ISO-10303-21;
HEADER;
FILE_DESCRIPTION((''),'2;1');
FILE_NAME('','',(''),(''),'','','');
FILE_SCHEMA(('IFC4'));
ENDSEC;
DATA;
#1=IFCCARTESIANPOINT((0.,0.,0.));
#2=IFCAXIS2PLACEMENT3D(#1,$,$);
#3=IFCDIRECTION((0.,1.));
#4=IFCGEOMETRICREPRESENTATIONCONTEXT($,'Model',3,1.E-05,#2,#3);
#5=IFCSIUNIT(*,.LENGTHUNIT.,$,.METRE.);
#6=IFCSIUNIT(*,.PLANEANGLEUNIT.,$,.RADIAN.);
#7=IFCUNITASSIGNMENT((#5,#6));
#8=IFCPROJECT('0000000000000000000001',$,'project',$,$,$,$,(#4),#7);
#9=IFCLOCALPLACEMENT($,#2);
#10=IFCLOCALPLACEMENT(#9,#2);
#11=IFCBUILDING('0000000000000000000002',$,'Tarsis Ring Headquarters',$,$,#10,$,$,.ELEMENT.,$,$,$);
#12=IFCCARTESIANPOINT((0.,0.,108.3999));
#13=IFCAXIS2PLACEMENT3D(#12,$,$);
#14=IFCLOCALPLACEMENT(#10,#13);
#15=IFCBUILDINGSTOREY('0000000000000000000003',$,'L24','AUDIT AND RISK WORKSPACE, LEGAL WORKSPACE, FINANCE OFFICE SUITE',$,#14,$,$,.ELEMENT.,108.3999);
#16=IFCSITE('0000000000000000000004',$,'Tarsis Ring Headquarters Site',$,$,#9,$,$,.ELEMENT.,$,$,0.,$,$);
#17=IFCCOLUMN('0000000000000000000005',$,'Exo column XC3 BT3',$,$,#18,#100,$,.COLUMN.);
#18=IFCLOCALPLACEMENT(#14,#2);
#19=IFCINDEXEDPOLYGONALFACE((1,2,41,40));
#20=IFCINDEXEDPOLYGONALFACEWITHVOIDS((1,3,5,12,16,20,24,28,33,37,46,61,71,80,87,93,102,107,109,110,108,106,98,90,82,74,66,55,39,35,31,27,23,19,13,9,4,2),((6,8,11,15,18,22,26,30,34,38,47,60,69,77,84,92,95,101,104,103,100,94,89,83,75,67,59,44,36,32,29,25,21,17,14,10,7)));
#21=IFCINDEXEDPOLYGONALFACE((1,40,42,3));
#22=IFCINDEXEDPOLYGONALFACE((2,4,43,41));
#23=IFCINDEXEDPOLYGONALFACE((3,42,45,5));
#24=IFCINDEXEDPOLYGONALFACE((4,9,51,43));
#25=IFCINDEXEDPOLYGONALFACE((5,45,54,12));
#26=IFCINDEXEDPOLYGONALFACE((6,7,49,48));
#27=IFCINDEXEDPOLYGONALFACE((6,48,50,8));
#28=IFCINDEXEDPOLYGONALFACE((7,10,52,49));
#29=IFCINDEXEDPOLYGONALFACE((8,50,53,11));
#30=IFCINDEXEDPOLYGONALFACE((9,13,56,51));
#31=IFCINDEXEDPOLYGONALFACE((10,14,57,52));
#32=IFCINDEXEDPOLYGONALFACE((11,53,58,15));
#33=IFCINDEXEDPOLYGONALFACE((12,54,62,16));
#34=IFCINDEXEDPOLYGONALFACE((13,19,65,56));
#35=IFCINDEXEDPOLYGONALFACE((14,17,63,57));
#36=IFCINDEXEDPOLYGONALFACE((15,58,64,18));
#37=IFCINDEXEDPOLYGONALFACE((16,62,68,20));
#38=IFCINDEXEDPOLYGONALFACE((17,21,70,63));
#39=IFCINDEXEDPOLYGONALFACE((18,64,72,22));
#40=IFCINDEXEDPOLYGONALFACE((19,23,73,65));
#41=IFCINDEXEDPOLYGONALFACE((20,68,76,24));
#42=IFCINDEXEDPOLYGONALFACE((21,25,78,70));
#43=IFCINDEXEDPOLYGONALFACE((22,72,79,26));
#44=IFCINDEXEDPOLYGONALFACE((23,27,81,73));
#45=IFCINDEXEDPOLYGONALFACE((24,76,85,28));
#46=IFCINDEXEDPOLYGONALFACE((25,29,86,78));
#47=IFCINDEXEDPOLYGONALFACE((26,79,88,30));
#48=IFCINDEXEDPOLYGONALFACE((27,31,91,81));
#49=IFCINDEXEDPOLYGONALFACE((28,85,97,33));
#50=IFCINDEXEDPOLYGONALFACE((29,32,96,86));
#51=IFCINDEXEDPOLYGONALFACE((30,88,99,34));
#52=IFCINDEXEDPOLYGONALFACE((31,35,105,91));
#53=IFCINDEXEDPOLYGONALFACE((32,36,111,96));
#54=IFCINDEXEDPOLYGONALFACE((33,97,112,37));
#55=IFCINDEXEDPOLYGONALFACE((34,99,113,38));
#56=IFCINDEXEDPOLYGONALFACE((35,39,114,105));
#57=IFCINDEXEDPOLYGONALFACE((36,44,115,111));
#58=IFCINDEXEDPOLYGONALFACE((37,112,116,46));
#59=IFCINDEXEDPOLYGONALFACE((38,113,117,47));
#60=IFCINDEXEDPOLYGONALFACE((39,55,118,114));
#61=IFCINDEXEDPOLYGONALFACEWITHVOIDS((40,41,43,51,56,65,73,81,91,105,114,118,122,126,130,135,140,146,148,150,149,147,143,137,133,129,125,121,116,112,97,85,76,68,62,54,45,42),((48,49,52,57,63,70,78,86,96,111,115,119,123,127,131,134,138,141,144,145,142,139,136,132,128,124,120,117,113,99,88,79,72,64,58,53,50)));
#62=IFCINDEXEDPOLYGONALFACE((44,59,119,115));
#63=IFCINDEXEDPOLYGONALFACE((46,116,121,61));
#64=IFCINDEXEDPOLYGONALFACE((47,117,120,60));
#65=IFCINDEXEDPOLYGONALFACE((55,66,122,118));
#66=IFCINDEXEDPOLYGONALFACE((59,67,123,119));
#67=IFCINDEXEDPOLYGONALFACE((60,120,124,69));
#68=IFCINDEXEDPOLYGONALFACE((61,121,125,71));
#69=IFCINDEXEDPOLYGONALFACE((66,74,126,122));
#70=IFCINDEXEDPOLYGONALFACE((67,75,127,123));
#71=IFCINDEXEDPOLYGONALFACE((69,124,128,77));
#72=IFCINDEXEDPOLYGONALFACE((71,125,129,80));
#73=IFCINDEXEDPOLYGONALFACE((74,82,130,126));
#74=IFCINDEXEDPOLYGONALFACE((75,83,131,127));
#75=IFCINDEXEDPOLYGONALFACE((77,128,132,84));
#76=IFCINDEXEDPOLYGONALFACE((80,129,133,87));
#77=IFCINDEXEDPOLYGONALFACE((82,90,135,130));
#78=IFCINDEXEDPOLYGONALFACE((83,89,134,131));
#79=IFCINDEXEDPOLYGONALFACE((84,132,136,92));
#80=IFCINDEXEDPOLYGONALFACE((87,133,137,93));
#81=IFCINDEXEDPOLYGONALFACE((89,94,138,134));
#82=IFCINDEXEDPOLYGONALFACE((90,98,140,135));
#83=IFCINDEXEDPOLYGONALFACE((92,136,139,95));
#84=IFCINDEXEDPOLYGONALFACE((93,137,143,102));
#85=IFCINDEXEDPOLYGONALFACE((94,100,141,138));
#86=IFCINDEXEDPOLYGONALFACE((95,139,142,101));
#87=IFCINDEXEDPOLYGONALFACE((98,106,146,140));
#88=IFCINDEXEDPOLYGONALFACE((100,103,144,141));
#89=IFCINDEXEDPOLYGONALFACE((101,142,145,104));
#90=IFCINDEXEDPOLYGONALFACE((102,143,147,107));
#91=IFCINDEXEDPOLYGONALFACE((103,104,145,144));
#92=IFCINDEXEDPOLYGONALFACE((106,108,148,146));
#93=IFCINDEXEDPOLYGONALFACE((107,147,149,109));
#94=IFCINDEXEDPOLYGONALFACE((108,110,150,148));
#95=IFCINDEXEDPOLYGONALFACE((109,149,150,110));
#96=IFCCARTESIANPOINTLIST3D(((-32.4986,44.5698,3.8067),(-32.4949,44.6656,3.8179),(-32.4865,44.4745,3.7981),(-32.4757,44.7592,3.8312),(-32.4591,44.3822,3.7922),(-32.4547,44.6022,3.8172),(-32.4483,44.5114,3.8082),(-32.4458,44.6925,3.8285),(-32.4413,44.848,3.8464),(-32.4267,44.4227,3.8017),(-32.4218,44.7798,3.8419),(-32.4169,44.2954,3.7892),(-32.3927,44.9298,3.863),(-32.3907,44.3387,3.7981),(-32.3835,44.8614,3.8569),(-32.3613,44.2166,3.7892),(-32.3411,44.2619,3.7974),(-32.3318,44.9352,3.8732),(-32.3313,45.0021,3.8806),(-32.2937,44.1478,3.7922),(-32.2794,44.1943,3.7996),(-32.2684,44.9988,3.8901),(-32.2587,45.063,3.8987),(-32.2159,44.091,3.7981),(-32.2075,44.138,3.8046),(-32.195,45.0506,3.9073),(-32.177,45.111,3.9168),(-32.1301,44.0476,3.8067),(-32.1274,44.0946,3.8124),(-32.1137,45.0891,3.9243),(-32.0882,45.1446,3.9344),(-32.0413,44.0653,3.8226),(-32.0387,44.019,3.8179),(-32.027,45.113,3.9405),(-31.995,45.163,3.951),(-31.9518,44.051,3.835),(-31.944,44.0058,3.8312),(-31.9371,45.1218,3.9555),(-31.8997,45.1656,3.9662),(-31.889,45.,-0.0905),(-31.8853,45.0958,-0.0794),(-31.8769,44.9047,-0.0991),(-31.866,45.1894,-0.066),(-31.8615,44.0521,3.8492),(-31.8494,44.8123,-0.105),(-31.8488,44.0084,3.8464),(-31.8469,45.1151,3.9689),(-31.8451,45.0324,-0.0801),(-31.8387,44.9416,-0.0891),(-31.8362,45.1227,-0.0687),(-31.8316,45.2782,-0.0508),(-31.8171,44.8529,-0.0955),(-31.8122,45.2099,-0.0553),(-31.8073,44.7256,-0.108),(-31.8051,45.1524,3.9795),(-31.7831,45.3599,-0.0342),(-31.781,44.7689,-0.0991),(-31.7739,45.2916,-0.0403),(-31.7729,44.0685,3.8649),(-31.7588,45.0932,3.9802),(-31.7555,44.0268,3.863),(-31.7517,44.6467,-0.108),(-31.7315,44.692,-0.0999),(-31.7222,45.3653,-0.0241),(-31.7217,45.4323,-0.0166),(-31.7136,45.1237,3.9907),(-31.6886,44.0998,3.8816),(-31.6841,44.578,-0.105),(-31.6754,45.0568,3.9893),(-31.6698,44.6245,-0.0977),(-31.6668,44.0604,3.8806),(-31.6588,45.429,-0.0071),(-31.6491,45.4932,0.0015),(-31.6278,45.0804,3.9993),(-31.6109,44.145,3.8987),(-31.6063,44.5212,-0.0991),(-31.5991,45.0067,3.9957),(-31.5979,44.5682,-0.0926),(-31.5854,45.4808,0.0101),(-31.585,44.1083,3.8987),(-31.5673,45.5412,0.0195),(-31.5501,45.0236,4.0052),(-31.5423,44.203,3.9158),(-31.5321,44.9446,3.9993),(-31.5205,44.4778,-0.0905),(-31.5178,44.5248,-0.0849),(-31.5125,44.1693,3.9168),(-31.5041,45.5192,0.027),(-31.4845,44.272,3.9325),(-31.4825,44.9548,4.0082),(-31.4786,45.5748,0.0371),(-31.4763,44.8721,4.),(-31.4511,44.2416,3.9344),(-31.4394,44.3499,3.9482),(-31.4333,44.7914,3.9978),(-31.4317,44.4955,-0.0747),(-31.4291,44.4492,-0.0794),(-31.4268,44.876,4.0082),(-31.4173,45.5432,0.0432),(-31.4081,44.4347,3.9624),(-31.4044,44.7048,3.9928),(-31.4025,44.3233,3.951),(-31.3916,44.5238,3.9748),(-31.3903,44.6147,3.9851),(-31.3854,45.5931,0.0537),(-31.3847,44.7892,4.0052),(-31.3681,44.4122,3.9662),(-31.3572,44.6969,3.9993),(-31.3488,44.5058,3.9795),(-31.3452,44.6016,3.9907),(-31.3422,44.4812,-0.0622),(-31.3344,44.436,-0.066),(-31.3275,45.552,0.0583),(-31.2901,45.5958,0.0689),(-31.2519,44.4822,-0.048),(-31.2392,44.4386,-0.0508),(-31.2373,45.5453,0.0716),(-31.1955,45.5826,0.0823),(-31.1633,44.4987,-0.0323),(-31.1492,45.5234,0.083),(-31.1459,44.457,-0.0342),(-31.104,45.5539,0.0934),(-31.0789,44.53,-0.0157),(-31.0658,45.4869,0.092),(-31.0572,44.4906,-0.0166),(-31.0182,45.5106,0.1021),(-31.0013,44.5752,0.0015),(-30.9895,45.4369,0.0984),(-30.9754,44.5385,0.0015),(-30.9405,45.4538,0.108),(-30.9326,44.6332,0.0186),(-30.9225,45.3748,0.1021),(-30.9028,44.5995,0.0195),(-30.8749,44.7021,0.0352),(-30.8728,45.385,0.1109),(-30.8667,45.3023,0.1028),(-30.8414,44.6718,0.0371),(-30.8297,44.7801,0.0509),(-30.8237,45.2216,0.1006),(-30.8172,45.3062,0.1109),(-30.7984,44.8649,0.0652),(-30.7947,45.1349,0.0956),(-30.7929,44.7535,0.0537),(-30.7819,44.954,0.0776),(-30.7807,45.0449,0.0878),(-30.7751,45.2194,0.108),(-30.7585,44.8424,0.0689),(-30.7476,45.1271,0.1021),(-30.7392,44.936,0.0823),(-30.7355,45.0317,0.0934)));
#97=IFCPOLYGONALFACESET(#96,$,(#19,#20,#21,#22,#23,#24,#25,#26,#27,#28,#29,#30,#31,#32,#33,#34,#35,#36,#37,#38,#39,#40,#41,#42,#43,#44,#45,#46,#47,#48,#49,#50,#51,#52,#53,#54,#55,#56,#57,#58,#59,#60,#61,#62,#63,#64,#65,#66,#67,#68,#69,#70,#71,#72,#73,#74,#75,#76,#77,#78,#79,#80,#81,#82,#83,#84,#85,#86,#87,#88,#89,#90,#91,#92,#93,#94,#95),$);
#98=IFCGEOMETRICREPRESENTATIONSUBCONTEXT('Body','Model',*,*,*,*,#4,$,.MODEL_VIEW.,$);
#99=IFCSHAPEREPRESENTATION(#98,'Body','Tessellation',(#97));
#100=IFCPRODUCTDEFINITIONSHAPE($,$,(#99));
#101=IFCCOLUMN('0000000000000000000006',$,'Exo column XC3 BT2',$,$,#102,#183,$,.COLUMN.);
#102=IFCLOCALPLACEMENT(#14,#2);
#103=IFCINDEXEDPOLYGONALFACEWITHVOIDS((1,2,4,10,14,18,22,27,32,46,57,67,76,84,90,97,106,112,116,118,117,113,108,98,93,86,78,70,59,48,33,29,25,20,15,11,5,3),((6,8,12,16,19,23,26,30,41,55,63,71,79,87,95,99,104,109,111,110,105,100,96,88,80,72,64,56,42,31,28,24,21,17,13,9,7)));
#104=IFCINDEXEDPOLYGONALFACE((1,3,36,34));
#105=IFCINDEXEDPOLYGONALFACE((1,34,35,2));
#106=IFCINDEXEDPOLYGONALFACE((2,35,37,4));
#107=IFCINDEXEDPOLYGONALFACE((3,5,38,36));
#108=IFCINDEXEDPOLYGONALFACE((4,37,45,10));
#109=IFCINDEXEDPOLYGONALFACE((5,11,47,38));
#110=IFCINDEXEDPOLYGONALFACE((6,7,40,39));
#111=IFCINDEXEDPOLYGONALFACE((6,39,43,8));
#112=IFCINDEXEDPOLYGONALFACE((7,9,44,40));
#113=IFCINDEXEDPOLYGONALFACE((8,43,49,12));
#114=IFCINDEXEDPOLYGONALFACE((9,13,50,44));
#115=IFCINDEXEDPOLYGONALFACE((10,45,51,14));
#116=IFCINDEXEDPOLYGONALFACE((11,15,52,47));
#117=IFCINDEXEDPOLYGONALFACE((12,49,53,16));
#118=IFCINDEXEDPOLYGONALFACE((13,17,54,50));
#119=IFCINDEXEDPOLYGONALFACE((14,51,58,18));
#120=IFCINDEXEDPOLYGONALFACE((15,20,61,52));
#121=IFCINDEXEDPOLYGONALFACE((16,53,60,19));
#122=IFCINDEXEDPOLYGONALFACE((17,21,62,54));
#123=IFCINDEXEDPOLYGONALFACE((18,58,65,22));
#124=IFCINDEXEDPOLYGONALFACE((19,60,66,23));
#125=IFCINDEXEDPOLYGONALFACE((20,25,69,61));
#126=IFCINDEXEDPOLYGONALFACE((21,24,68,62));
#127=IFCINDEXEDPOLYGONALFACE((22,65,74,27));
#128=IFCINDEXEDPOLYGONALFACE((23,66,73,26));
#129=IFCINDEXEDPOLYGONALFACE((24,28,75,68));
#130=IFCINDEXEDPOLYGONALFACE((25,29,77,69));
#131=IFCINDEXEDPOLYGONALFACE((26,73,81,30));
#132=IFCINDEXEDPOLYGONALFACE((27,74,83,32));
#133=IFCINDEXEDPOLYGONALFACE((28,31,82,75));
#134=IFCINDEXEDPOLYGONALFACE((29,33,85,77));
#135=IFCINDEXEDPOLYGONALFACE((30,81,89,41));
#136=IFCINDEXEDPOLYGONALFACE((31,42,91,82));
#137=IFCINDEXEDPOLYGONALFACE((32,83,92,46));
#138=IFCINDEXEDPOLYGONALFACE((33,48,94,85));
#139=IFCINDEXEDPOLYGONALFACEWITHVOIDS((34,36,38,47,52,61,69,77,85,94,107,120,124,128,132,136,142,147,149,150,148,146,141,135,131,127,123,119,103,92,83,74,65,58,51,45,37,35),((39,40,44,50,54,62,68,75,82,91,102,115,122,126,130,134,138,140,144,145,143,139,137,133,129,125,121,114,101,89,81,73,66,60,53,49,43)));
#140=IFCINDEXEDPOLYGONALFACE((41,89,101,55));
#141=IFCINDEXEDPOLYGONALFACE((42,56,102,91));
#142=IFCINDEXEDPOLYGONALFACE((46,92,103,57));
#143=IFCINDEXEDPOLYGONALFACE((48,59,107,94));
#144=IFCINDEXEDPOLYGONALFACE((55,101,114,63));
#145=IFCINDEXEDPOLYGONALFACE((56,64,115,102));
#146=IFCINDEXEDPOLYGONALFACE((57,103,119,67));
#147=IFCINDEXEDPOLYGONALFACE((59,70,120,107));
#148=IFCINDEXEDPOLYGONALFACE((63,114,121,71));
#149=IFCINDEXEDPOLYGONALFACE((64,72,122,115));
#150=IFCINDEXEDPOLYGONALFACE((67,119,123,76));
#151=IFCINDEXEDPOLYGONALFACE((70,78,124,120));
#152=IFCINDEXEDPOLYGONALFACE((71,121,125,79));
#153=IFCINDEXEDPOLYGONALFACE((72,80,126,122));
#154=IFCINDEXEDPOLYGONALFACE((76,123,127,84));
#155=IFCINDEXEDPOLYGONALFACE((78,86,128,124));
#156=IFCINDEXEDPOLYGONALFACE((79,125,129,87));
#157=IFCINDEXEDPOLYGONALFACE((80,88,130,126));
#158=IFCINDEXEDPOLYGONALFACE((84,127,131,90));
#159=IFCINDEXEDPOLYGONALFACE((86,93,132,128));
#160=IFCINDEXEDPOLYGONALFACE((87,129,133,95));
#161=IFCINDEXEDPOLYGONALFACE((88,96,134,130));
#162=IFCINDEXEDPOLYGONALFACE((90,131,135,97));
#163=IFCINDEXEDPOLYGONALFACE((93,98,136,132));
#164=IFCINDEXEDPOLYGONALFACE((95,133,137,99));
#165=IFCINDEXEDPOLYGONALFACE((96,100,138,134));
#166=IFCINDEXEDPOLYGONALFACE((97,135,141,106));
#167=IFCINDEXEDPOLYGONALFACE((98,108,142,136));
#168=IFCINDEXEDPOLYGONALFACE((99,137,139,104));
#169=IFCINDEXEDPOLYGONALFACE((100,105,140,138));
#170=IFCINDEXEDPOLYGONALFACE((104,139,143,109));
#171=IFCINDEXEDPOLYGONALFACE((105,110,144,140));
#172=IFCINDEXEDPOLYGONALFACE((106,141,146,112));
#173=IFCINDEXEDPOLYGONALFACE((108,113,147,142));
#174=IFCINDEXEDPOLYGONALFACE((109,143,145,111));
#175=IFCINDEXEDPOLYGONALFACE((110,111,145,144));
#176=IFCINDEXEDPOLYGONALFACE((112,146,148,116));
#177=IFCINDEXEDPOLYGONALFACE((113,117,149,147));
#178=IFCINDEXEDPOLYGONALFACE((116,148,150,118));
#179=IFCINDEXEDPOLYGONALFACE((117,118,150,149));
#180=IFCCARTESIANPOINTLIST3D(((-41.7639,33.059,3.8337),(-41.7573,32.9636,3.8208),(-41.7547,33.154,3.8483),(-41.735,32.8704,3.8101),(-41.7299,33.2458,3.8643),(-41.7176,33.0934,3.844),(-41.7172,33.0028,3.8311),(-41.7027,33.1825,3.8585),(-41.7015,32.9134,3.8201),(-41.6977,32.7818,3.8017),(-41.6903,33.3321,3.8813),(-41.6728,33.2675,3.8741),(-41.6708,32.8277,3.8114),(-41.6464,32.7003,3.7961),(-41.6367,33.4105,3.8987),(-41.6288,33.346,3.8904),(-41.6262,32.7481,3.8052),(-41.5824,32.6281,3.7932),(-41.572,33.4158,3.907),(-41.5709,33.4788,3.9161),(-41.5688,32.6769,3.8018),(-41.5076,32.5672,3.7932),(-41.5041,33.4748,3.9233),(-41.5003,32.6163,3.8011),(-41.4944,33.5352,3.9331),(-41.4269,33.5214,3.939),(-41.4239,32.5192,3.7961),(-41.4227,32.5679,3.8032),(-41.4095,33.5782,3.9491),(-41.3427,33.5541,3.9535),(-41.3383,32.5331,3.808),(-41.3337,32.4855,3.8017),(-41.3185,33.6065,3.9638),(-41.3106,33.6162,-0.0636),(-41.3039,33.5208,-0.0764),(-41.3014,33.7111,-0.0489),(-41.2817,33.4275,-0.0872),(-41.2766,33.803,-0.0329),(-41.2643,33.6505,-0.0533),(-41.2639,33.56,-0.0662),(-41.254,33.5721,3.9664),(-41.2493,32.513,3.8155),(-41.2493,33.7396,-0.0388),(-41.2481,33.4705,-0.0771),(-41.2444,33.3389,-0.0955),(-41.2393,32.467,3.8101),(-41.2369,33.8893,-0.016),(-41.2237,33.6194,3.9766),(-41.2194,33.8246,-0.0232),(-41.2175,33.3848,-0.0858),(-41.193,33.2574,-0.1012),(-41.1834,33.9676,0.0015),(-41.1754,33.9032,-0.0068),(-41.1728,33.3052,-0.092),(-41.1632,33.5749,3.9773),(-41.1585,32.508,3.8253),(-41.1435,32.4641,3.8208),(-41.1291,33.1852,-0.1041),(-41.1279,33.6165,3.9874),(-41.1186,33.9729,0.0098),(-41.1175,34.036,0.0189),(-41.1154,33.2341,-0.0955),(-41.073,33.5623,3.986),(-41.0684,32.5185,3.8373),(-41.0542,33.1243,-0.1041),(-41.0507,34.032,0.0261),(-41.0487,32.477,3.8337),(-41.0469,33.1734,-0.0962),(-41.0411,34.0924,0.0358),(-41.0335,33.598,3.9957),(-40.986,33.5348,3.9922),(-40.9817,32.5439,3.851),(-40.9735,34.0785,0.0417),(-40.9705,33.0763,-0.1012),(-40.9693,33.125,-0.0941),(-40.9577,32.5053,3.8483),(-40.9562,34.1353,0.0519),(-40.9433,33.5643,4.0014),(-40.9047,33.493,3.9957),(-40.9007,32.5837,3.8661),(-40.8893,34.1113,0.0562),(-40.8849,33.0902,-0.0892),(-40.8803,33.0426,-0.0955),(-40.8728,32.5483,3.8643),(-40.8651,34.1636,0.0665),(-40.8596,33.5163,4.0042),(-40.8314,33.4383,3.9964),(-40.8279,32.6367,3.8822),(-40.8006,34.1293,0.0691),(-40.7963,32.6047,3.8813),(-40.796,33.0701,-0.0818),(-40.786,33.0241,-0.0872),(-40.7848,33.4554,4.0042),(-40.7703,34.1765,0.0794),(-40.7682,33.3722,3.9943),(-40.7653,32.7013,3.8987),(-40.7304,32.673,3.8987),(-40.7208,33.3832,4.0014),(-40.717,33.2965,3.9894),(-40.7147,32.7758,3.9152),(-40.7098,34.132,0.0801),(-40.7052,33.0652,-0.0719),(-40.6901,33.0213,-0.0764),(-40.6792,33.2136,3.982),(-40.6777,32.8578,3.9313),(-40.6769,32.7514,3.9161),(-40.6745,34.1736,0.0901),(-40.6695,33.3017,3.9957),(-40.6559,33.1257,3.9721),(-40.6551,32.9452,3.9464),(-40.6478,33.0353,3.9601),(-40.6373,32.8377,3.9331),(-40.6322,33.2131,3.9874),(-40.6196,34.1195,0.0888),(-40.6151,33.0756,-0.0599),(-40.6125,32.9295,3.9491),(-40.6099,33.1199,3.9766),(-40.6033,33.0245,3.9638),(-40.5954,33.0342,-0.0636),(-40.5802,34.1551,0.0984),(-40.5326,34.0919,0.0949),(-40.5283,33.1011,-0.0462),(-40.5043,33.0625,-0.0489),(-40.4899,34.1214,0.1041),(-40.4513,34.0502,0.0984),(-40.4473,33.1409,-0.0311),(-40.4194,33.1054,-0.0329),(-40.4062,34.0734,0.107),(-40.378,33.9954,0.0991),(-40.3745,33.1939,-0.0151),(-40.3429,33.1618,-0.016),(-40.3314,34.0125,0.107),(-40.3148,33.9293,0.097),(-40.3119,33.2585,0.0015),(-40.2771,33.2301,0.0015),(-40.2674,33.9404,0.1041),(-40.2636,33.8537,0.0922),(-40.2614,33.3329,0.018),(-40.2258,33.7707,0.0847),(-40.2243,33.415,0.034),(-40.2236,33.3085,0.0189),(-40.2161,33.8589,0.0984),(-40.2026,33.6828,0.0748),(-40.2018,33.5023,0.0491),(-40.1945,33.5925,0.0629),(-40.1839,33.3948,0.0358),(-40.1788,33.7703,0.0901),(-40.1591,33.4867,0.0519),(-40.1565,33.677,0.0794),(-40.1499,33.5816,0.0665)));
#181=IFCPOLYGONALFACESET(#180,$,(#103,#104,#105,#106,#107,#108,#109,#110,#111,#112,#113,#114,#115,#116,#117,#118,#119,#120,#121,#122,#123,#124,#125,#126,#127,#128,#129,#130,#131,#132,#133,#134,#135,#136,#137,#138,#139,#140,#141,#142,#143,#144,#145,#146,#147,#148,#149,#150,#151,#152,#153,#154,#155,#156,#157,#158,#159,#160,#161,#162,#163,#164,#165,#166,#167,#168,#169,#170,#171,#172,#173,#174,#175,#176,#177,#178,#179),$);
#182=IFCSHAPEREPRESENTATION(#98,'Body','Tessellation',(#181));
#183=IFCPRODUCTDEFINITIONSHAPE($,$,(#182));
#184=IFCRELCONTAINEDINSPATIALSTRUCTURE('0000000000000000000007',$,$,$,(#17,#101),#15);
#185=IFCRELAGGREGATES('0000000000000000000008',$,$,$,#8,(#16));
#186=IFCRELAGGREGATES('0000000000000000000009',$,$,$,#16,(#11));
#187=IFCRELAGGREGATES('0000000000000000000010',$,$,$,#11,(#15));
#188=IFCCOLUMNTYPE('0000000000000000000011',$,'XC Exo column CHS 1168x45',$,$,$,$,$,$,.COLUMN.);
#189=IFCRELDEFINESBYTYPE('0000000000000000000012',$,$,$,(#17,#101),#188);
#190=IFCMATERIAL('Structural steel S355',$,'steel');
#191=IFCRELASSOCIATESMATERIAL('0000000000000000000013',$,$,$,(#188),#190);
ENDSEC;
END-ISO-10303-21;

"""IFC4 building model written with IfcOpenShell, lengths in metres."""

from ifc_helpers import new_model, si_unit, direction, frame, origin, origin_2d, place, context, subcontext, project, spatial, hollow_circle, extrude, material, material_profile, profile_set, type_object, element, save


model = new_model("IFC4")

# Units and contexts
model_context = context("Model", 3, precision=1e-05, world=origin(), true_north=direction((0.0, 1.0)))
body_context = subcontext(model_context, "Body", "Model", "MODEL_VIEW")
ifc_project = project(units=[si_unit("LENGTHUNIT", "METRE"), si_unit("PLANEANGLEUNIT", "RADIAN")], contexts=[model_context])

# Site, building, storey
site_placement = place(None, origin())
site = spatial("IfcSite", under=ifc_project, at=site_placement, Name="Tarsis Ring Headquarters Site", CompositionType="ELEMENT", RefElevation=0.0)
building_placement = place(site_placement, origin())
building = spatial("IfcBuilding", under=site, at=building_placement, Name="Tarsis Ring Headquarters", CompositionType="ELEMENT")
storey_placement = place(building_placement, frame((0.0, 0.0, 108.3999)))
storey = spatial("IfcBuildingStorey", under=building, at=storey_placement, Name="L24", Description="AUDIT AND RISK WORKSPACE, LEGAL WORKSPACE, FINANCE OFFICE SUITE", CompositionType="ELEMENT", Elevation=108.3999)

# Columns
ifc_material_1 = material(Name="Structural steel S355", Category="steel")
ifc_material_profile_1 = material_profile(ifc_material_1, hollow_circle(Radius=0.5842, WallThickness=0.0449, at=origin_2d()), Name="CHS 1168x45")
ifc_profile_set_1 = profile_set([ifc_material_profile_1], Name="Structural steel S355")
column_type = type_object("IfcColumnType", Name="XC Exo column CHS 1168x45", PredefinedType="COLUMN", material=ifc_profile_set_1)
column_1_placement = place(storey_placement, frame((-31.3123, 45.0159, 0.0015), z_axis=(-0.153634, -0.108411, 0.982163), x_axis=(0.576555, -0.817059, 0.0)))
element("IfcColumn", 1, at=column_1_placement, inside=storey, type_object=column_type, Name="Exo column XC3 BT3", PredefinedType="COLUMN", context=body_context, shape_type="SweptSolid", body=[
    extrude(hollow_circle(Radius=0.5842, WallThickness=0.0449, at=origin_2d()), origin(), (0.0, 0.0, 1.0), 3.968),
])
column_2_placement = place(storey_placement, frame((-40.7302, 33.5989, 0.0015), z_axis=(-0.114405, -0.140588, 0.983436), x_axis=(0.775636, -0.631181, 0.0)))
element("IfcColumn", 2, at=column_2_placement, inside=storey, type_object=column_type, Name="Exo column XC3 BT2", PredefinedType="COLUMN", context=body_context, shape_type="SweptSolid", body=[
    extrude(hollow_circle(Radius=0.5842, WallThickness=0.0449, at=origin_2d()), origin(), (0.0, 0.0, 1.0), 3.9629),
])

save(model, "model.ifc")
